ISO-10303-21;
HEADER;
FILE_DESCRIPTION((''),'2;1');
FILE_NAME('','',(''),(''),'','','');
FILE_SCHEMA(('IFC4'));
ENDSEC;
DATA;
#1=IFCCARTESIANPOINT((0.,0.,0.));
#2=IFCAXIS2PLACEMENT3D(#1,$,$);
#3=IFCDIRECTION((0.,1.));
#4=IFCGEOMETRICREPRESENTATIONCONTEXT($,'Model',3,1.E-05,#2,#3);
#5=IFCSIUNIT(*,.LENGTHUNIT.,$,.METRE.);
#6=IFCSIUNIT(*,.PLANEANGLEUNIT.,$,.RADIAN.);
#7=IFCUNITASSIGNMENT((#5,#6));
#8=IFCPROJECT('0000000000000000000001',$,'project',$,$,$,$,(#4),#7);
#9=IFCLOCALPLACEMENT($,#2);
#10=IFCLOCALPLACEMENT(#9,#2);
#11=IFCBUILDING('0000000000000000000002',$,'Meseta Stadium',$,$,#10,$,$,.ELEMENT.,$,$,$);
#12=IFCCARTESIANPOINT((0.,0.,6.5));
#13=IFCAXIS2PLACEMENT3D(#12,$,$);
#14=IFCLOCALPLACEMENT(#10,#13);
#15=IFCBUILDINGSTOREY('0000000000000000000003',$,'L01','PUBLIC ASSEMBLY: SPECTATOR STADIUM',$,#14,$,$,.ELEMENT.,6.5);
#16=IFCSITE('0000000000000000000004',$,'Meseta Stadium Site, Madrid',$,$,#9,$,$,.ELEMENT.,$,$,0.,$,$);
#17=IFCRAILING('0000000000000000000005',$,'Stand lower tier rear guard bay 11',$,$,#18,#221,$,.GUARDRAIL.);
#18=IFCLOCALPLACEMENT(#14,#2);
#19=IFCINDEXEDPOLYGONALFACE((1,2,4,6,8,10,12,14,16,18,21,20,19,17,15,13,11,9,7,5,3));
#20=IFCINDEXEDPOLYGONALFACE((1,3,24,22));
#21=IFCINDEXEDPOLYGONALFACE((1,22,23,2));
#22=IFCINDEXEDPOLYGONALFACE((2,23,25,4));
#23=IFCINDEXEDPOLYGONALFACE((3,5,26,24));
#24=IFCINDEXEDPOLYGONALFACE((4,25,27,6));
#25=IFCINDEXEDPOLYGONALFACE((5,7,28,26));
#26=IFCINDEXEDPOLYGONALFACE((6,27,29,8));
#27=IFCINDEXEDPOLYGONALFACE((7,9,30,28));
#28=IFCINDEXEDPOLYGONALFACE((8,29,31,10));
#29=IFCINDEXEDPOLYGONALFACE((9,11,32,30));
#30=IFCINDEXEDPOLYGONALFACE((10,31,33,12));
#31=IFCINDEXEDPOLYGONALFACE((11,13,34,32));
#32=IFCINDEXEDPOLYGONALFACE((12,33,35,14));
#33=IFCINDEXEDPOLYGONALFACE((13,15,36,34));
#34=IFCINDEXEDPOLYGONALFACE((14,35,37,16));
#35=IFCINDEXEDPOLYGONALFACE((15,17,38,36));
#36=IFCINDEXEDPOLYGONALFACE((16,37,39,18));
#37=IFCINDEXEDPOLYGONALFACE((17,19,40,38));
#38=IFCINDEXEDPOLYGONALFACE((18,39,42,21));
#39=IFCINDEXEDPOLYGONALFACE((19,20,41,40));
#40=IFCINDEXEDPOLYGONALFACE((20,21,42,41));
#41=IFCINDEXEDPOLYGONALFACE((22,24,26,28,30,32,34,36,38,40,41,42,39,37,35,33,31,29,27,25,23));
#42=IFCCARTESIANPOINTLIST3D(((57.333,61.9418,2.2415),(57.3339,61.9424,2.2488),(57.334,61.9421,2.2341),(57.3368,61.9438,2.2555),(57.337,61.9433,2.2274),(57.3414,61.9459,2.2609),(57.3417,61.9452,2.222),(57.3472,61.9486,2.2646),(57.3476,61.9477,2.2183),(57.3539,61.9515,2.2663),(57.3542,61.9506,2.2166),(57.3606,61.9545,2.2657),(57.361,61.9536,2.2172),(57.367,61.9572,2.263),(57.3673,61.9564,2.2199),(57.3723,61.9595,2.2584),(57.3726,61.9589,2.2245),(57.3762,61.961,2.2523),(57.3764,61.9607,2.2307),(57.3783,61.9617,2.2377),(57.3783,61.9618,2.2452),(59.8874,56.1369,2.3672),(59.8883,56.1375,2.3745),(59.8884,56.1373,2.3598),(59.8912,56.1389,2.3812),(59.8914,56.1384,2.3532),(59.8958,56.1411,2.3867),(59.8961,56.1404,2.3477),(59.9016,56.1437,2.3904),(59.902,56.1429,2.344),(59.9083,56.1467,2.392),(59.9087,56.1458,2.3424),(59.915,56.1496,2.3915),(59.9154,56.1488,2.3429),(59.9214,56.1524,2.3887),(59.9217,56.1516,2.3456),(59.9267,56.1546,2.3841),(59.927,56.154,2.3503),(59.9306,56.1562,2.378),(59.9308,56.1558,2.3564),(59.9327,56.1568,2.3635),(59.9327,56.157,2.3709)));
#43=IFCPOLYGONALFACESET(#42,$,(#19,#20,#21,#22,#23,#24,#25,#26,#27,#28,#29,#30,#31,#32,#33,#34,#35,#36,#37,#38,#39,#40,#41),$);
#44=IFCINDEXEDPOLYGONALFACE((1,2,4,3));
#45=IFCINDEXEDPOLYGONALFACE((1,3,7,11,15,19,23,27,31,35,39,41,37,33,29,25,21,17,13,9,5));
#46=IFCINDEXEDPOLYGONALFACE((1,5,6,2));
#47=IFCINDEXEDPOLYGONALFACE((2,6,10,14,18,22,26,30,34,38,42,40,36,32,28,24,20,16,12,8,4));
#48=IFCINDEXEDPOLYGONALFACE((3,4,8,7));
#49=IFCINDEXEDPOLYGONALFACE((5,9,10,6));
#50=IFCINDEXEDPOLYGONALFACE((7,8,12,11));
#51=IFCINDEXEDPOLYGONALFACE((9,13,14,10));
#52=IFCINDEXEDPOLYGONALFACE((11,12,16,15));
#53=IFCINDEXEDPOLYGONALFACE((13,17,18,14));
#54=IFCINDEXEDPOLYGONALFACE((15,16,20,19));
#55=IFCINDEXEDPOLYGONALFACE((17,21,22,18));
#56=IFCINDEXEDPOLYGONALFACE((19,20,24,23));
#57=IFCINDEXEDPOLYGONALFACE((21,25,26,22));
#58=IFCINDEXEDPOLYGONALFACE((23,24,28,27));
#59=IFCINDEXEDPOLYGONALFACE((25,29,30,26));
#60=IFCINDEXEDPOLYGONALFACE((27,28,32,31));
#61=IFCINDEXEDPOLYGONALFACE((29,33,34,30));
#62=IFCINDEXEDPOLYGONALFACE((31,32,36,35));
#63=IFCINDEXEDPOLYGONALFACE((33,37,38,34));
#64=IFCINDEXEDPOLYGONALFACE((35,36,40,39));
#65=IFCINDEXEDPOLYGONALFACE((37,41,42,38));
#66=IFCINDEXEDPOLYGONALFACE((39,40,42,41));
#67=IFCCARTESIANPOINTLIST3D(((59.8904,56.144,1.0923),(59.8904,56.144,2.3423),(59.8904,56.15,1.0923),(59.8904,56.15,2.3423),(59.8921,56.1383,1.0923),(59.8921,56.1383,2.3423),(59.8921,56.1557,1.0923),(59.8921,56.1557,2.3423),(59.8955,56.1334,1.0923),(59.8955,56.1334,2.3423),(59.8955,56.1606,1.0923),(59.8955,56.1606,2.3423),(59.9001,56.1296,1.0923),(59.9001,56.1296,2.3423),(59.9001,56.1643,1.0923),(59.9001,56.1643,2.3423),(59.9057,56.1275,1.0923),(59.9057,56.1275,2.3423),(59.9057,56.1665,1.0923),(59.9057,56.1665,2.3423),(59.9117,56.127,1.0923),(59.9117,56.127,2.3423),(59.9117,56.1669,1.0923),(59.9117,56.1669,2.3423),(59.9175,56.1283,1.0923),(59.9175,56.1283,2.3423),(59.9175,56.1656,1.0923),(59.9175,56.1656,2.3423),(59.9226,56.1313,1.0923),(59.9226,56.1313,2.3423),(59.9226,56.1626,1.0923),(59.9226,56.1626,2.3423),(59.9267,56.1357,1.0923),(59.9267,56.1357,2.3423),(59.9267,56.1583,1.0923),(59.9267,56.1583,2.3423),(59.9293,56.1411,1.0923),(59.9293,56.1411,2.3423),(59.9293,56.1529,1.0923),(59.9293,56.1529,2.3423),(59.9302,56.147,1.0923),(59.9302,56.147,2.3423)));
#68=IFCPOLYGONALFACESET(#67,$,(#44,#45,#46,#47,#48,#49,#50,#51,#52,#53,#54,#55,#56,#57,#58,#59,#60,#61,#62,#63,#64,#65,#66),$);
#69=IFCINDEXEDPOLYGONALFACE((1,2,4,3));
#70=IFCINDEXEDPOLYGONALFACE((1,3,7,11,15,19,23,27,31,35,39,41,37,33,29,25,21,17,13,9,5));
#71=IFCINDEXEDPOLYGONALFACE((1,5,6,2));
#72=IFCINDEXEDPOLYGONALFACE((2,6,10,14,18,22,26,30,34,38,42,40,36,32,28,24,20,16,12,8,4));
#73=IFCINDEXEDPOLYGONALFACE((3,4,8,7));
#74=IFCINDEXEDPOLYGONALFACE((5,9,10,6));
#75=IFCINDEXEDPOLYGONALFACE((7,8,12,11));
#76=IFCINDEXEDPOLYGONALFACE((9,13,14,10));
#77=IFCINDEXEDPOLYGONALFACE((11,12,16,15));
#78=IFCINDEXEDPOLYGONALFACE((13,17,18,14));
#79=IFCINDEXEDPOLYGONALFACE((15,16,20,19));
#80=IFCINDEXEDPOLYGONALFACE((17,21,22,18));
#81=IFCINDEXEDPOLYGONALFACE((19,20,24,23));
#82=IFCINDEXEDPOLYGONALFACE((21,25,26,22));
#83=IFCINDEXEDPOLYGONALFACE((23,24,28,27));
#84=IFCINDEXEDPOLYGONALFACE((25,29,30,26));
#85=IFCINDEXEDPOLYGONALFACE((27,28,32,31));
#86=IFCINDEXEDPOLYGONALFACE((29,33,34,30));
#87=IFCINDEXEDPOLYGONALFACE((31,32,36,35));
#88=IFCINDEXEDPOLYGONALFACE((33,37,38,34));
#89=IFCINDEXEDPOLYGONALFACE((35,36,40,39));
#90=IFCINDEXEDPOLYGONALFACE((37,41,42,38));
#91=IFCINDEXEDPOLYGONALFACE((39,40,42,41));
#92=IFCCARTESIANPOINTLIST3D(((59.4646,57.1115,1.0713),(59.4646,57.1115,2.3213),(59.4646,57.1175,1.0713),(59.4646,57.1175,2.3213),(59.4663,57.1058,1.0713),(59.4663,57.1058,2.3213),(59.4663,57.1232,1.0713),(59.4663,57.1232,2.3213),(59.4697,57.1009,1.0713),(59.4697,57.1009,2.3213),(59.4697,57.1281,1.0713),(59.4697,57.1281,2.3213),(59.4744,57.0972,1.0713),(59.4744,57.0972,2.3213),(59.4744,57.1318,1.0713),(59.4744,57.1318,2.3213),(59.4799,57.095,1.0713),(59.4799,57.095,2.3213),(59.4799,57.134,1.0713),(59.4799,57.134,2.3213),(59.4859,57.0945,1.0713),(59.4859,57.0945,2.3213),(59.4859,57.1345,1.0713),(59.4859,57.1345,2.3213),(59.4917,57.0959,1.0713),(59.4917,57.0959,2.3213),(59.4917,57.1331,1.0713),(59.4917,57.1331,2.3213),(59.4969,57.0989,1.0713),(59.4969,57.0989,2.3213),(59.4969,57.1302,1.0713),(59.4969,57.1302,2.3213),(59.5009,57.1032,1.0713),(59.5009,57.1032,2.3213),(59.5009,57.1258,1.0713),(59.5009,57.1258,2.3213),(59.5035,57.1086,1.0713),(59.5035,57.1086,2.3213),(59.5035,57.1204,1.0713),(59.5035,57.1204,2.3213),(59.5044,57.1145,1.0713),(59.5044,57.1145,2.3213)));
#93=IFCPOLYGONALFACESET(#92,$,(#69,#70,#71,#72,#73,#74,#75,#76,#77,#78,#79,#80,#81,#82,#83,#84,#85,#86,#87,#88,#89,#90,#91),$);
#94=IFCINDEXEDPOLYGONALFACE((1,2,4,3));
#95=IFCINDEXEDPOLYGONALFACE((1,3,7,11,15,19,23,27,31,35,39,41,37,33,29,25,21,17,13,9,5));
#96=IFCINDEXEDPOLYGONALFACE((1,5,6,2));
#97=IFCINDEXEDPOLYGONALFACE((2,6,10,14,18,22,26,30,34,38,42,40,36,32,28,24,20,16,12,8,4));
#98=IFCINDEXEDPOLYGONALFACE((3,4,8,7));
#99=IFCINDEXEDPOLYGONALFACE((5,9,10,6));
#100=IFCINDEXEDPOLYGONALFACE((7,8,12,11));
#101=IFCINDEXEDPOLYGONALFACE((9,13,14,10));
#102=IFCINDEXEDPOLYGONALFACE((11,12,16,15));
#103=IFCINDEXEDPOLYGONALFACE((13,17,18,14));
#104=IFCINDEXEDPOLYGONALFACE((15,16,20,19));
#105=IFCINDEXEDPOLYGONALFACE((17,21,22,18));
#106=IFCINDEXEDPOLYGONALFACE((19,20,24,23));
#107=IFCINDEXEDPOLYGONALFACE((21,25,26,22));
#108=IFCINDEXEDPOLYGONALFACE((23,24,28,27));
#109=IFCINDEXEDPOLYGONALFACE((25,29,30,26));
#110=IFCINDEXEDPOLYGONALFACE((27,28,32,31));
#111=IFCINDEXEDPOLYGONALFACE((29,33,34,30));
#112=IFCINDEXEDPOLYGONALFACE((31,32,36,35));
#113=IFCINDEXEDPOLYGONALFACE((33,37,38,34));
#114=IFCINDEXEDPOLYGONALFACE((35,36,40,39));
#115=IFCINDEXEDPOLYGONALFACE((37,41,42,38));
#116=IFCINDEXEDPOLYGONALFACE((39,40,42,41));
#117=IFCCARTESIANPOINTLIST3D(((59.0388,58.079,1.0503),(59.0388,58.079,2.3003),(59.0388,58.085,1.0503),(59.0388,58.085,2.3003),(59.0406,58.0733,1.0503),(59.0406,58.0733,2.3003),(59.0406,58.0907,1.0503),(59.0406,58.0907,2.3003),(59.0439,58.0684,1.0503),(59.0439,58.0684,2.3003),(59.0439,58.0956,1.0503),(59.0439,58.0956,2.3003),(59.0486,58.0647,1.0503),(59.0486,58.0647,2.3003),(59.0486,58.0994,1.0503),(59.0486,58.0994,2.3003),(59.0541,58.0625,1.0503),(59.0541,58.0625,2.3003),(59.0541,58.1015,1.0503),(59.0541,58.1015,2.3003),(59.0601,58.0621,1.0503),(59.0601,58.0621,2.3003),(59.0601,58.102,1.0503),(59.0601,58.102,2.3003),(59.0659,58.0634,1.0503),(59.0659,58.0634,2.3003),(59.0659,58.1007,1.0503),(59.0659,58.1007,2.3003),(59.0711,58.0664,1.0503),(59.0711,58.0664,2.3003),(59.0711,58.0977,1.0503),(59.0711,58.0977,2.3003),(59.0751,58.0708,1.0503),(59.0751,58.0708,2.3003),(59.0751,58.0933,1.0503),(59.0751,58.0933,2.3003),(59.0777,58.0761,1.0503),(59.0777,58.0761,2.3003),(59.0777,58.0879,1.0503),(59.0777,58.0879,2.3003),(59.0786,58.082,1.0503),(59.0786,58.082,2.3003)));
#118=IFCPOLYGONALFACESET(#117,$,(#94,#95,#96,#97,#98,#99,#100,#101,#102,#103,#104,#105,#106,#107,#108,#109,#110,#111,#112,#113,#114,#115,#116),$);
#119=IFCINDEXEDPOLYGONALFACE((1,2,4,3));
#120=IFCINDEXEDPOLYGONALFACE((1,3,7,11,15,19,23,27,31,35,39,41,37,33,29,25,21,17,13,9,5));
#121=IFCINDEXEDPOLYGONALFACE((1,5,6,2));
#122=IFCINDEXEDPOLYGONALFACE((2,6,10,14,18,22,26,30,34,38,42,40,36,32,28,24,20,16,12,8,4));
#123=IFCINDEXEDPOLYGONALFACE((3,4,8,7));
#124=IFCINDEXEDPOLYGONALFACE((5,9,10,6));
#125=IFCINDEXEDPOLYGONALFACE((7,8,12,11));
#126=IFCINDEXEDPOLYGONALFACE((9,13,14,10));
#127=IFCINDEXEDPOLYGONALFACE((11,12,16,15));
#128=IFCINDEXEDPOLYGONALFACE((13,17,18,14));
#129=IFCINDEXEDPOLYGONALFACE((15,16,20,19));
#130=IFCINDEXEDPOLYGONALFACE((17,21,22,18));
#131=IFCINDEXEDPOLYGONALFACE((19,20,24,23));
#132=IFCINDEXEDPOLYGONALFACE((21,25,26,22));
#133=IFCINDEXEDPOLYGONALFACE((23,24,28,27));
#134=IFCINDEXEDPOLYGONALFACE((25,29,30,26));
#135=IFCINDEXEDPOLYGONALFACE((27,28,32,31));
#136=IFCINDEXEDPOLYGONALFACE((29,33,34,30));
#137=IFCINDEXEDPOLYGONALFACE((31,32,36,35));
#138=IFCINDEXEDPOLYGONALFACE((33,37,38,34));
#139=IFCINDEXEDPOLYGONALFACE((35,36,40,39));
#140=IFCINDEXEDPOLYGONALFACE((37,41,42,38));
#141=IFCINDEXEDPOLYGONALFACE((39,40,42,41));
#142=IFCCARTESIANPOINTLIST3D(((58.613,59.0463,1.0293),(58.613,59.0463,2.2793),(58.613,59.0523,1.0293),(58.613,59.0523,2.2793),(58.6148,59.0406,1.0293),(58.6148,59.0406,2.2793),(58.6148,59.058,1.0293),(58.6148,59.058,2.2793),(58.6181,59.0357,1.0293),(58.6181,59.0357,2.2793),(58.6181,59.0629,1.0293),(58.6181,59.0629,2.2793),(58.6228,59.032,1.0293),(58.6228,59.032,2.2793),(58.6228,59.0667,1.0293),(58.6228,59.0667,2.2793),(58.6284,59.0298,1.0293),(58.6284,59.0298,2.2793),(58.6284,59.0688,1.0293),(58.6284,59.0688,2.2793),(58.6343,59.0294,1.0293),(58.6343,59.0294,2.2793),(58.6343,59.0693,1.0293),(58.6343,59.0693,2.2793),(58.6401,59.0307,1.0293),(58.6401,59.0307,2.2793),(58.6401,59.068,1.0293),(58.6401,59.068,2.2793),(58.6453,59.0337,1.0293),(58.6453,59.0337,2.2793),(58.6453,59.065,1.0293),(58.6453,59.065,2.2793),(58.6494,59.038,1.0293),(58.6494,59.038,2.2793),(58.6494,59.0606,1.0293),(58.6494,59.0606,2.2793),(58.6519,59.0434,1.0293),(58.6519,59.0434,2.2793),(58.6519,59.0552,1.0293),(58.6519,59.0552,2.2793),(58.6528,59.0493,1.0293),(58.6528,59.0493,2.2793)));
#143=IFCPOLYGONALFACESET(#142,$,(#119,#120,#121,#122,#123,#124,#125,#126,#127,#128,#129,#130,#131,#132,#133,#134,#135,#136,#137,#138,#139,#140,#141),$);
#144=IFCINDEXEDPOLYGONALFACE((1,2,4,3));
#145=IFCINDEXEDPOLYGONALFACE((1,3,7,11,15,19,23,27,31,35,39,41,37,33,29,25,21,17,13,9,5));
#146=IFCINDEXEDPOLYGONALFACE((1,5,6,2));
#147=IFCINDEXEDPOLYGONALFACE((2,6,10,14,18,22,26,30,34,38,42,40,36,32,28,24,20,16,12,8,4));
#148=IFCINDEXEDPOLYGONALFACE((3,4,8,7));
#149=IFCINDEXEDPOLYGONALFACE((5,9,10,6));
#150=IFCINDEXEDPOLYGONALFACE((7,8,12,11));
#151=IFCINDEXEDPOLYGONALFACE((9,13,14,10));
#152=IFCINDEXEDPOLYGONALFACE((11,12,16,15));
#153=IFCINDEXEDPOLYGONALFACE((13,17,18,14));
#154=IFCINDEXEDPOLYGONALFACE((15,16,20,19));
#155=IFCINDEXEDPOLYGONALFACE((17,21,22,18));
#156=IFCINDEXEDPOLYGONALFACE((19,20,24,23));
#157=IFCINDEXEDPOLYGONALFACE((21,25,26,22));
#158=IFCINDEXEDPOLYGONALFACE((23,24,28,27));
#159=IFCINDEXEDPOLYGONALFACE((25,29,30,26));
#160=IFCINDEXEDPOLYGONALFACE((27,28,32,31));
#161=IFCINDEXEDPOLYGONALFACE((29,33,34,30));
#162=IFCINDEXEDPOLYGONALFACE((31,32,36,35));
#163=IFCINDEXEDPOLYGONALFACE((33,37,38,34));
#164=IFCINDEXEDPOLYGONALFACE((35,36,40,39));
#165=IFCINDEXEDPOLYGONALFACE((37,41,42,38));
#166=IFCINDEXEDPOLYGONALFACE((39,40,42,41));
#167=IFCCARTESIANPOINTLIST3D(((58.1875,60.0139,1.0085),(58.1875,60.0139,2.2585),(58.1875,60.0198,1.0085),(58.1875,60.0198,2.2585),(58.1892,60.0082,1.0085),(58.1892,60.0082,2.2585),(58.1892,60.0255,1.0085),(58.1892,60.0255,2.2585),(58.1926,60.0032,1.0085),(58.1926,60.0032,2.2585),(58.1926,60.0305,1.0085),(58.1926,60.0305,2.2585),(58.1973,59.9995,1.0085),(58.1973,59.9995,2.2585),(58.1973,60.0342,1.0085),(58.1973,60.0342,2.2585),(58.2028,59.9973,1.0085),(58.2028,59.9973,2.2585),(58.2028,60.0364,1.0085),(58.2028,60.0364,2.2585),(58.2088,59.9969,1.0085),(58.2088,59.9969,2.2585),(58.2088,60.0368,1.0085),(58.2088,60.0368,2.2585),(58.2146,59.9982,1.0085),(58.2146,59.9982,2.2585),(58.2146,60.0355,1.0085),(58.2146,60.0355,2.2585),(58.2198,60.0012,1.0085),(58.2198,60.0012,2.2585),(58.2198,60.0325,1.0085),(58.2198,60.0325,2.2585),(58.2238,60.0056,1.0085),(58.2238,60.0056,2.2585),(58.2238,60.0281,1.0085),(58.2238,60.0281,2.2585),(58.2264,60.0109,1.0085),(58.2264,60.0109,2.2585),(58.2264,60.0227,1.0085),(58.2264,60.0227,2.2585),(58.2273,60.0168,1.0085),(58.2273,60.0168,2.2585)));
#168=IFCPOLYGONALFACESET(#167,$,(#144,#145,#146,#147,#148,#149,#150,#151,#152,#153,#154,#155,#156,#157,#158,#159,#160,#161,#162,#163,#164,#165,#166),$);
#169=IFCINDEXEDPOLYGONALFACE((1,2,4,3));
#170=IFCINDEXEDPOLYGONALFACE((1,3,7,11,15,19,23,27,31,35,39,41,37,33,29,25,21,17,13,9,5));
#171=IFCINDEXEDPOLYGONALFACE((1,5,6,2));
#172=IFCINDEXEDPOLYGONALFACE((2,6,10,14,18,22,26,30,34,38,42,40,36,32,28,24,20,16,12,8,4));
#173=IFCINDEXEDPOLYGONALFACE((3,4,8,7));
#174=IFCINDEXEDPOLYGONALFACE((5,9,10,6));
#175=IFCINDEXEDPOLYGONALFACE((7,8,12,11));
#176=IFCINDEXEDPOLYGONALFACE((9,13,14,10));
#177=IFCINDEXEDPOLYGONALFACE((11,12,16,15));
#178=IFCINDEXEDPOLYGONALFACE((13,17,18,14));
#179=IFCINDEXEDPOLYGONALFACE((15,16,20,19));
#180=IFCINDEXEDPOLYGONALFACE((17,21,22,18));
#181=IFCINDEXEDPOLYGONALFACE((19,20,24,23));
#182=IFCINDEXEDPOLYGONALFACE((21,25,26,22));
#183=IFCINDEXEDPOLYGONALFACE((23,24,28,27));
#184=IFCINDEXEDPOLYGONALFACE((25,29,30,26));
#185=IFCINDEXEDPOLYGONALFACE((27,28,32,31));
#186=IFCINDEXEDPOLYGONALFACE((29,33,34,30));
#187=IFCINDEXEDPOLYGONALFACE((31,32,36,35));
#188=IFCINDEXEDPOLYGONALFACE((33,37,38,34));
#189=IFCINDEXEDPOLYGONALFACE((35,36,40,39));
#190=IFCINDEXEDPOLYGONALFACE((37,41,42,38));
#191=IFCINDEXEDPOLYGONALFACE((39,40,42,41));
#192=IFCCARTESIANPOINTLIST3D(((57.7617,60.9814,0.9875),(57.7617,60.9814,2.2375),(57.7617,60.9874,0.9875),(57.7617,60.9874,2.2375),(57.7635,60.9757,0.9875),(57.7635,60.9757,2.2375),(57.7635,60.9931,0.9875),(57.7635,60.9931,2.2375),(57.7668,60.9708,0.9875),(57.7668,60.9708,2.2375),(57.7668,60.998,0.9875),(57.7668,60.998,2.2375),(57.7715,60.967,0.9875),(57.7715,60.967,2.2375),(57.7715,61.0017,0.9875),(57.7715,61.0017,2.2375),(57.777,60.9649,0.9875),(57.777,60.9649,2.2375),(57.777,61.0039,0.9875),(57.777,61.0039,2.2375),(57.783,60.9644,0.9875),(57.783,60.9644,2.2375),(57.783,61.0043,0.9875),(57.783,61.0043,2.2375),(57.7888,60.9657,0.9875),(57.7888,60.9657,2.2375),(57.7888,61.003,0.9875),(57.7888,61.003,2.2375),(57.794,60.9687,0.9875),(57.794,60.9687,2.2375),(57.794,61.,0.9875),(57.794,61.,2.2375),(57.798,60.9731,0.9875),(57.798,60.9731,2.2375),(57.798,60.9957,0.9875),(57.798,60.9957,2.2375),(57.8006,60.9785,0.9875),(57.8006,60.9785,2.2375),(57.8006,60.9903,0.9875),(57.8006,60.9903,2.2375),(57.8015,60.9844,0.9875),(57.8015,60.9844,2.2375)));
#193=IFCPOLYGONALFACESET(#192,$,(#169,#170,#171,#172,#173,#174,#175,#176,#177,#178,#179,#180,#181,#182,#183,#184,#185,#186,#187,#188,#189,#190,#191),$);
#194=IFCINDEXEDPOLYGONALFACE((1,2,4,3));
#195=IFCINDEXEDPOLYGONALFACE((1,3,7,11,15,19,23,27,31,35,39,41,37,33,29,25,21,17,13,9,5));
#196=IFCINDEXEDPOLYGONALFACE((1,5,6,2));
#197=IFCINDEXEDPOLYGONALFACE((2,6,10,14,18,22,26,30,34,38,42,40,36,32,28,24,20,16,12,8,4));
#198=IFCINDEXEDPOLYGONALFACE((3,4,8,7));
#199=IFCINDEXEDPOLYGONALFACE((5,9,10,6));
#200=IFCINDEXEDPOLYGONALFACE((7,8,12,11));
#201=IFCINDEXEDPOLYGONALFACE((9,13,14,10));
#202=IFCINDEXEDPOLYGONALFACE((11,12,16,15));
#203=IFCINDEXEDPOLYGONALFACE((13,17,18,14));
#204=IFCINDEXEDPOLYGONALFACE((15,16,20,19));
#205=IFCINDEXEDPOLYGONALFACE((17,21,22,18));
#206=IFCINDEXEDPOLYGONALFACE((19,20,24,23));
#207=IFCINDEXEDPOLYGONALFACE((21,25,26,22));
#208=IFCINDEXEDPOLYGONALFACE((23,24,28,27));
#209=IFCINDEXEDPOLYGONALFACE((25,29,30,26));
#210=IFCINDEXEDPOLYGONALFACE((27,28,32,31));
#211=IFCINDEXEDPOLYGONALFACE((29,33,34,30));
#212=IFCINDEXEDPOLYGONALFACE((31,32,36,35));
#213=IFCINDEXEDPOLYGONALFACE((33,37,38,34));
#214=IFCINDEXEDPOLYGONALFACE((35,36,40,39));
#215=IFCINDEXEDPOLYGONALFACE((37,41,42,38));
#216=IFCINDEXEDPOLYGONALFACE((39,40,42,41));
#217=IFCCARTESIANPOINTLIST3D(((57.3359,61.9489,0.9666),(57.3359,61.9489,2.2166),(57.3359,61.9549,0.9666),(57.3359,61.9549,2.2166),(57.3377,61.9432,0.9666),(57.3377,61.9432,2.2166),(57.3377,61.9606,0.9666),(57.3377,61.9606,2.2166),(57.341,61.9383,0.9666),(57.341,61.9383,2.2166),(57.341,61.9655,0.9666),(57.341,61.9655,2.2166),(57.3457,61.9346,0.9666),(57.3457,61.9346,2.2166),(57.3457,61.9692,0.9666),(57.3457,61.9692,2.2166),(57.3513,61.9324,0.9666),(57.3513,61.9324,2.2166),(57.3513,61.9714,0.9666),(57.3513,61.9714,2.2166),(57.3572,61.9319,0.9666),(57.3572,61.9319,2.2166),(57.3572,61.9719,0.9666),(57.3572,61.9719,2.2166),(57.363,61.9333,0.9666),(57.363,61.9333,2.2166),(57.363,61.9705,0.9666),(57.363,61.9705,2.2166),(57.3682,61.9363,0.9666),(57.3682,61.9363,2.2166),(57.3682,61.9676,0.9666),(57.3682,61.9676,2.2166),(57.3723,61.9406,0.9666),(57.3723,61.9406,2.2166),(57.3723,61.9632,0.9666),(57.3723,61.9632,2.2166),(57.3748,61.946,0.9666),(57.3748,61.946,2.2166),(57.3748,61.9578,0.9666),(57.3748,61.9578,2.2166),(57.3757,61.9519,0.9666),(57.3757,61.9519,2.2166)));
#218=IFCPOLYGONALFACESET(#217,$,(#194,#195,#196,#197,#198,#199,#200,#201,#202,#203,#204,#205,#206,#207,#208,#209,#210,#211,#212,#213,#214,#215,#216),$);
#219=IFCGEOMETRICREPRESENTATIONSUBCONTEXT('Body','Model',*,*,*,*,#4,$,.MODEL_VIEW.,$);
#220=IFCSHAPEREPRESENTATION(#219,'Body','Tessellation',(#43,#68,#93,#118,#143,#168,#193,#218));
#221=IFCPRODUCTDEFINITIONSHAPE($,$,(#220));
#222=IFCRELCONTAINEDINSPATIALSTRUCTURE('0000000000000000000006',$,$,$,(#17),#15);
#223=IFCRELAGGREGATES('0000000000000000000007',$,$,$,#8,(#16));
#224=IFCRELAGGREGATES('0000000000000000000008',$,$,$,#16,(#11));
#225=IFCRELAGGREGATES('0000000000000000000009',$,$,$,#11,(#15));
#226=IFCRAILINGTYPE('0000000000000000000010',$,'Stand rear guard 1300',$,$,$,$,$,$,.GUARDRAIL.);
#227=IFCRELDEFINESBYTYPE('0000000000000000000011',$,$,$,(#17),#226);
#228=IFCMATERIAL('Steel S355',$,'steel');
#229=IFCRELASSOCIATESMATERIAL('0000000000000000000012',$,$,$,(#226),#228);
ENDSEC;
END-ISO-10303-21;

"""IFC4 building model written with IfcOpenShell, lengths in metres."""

from ifc_helpers import new_model, si_unit, direction, frame, origin, origin_2d, place, context, subcontext, project, spatial, circle, extrude, material, type_object, element, save


model = new_model("IFC4")

# Units and contexts
model_context = context("Model", 3, precision=1e-05, world=origin(), true_north=direction((0.0, 1.0)))
body_context = subcontext(model_context, "Body", "Model", "MODEL_VIEW")
ifc_project = project(units=[si_unit("LENGTHUNIT", "METRE"), si_unit("PLANEANGLEUNIT", "RADIAN")], contexts=[model_context])

# Site, building, storey
site_placement = place(None, origin())
site = spatial("IfcSite", under=ifc_project, at=site_placement, Name="Meseta Stadium Site, Madrid", CompositionType="ELEMENT", RefElevation=0.0)
building_placement = place(site_placement, origin())
building = spatial("IfcBuilding", under=site, at=building_placement, Name="Meseta Stadium", CompositionType="ELEMENT")
storey_placement = place(building_placement, frame((0.0, 0.0, 6.5)))
storey = spatial("IfcBuildingStorey", under=building, at=storey_placement, Name="L01", Description="PUBLIC ASSEMBLY: SPECTATOR STADIUM", CompositionType="ELEMENT", Elevation=6.5)

# Railing
ifc_material_1 = material(Name="Steel S355", Category="steel")
railing_type = type_object("IfcRailingType", Name="Stand rear guard 1300", PredefinedType="GUARDRAIL", material=ifc_material_1)
railing_1_placement = place(storey_placement, frame((59.9102, 56.147, 1.0923)))
element("IfcRailing", 1, at=railing_1_placement, inside=storey, type_object=railing_type, Name="Stand lower tier rear guard bay 11", PredefinedType="GUARDRAIL", context=body_context, shape_type="SweptSolid", body=[
    extrude(circle(Radius=0.0249, at=origin_2d()), frame((0.0, 0.0, 1.2749), z_axis=(-0.402696, 0.915119, -0.019821), x_axis=(-0.915299, -0.402775, 0.0)), (0.0, 0.0, 1.0), 6.3433),
    extrude(circle(Radius=0.02, at=origin_2d()), origin(), (0.0, 0.0, 1.0), 1.25),
    extrude(circle(Radius=0.02, at=origin_2d()), frame((-0.4258, 0.9675, -0.021)), (0.0, 0.0, 1.0), 1.25),
    extrude(circle(Radius=0.02, at=origin_2d()), frame((-0.8516, 1.9351, -0.042)), (0.0, 0.0, 1.0), 1.25),
    extrude(circle(Radius=0.02, at=origin_2d()), frame((-1.2773, 2.9023, -0.063)), (0.0, 0.0, 1.0), 1.25),
    extrude(circle(Radius=0.02, at=origin_2d()), frame((-1.7029, 3.8699, -0.0837)), (0.0, 0.0, 1.0), 1.25),
    extrude(circle(Radius=0.02, at=origin_2d()), frame((-2.1287, 4.8374, -0.1047)), (0.0, 0.0, 1.0), 1.25),
    extrude(circle(Radius=0.02, at=origin_2d()), frame((-2.5544, 5.8049, -0.1257)), (0.0, 0.0, 1.0), 1.25),
])

save(model, "model.ifc")
